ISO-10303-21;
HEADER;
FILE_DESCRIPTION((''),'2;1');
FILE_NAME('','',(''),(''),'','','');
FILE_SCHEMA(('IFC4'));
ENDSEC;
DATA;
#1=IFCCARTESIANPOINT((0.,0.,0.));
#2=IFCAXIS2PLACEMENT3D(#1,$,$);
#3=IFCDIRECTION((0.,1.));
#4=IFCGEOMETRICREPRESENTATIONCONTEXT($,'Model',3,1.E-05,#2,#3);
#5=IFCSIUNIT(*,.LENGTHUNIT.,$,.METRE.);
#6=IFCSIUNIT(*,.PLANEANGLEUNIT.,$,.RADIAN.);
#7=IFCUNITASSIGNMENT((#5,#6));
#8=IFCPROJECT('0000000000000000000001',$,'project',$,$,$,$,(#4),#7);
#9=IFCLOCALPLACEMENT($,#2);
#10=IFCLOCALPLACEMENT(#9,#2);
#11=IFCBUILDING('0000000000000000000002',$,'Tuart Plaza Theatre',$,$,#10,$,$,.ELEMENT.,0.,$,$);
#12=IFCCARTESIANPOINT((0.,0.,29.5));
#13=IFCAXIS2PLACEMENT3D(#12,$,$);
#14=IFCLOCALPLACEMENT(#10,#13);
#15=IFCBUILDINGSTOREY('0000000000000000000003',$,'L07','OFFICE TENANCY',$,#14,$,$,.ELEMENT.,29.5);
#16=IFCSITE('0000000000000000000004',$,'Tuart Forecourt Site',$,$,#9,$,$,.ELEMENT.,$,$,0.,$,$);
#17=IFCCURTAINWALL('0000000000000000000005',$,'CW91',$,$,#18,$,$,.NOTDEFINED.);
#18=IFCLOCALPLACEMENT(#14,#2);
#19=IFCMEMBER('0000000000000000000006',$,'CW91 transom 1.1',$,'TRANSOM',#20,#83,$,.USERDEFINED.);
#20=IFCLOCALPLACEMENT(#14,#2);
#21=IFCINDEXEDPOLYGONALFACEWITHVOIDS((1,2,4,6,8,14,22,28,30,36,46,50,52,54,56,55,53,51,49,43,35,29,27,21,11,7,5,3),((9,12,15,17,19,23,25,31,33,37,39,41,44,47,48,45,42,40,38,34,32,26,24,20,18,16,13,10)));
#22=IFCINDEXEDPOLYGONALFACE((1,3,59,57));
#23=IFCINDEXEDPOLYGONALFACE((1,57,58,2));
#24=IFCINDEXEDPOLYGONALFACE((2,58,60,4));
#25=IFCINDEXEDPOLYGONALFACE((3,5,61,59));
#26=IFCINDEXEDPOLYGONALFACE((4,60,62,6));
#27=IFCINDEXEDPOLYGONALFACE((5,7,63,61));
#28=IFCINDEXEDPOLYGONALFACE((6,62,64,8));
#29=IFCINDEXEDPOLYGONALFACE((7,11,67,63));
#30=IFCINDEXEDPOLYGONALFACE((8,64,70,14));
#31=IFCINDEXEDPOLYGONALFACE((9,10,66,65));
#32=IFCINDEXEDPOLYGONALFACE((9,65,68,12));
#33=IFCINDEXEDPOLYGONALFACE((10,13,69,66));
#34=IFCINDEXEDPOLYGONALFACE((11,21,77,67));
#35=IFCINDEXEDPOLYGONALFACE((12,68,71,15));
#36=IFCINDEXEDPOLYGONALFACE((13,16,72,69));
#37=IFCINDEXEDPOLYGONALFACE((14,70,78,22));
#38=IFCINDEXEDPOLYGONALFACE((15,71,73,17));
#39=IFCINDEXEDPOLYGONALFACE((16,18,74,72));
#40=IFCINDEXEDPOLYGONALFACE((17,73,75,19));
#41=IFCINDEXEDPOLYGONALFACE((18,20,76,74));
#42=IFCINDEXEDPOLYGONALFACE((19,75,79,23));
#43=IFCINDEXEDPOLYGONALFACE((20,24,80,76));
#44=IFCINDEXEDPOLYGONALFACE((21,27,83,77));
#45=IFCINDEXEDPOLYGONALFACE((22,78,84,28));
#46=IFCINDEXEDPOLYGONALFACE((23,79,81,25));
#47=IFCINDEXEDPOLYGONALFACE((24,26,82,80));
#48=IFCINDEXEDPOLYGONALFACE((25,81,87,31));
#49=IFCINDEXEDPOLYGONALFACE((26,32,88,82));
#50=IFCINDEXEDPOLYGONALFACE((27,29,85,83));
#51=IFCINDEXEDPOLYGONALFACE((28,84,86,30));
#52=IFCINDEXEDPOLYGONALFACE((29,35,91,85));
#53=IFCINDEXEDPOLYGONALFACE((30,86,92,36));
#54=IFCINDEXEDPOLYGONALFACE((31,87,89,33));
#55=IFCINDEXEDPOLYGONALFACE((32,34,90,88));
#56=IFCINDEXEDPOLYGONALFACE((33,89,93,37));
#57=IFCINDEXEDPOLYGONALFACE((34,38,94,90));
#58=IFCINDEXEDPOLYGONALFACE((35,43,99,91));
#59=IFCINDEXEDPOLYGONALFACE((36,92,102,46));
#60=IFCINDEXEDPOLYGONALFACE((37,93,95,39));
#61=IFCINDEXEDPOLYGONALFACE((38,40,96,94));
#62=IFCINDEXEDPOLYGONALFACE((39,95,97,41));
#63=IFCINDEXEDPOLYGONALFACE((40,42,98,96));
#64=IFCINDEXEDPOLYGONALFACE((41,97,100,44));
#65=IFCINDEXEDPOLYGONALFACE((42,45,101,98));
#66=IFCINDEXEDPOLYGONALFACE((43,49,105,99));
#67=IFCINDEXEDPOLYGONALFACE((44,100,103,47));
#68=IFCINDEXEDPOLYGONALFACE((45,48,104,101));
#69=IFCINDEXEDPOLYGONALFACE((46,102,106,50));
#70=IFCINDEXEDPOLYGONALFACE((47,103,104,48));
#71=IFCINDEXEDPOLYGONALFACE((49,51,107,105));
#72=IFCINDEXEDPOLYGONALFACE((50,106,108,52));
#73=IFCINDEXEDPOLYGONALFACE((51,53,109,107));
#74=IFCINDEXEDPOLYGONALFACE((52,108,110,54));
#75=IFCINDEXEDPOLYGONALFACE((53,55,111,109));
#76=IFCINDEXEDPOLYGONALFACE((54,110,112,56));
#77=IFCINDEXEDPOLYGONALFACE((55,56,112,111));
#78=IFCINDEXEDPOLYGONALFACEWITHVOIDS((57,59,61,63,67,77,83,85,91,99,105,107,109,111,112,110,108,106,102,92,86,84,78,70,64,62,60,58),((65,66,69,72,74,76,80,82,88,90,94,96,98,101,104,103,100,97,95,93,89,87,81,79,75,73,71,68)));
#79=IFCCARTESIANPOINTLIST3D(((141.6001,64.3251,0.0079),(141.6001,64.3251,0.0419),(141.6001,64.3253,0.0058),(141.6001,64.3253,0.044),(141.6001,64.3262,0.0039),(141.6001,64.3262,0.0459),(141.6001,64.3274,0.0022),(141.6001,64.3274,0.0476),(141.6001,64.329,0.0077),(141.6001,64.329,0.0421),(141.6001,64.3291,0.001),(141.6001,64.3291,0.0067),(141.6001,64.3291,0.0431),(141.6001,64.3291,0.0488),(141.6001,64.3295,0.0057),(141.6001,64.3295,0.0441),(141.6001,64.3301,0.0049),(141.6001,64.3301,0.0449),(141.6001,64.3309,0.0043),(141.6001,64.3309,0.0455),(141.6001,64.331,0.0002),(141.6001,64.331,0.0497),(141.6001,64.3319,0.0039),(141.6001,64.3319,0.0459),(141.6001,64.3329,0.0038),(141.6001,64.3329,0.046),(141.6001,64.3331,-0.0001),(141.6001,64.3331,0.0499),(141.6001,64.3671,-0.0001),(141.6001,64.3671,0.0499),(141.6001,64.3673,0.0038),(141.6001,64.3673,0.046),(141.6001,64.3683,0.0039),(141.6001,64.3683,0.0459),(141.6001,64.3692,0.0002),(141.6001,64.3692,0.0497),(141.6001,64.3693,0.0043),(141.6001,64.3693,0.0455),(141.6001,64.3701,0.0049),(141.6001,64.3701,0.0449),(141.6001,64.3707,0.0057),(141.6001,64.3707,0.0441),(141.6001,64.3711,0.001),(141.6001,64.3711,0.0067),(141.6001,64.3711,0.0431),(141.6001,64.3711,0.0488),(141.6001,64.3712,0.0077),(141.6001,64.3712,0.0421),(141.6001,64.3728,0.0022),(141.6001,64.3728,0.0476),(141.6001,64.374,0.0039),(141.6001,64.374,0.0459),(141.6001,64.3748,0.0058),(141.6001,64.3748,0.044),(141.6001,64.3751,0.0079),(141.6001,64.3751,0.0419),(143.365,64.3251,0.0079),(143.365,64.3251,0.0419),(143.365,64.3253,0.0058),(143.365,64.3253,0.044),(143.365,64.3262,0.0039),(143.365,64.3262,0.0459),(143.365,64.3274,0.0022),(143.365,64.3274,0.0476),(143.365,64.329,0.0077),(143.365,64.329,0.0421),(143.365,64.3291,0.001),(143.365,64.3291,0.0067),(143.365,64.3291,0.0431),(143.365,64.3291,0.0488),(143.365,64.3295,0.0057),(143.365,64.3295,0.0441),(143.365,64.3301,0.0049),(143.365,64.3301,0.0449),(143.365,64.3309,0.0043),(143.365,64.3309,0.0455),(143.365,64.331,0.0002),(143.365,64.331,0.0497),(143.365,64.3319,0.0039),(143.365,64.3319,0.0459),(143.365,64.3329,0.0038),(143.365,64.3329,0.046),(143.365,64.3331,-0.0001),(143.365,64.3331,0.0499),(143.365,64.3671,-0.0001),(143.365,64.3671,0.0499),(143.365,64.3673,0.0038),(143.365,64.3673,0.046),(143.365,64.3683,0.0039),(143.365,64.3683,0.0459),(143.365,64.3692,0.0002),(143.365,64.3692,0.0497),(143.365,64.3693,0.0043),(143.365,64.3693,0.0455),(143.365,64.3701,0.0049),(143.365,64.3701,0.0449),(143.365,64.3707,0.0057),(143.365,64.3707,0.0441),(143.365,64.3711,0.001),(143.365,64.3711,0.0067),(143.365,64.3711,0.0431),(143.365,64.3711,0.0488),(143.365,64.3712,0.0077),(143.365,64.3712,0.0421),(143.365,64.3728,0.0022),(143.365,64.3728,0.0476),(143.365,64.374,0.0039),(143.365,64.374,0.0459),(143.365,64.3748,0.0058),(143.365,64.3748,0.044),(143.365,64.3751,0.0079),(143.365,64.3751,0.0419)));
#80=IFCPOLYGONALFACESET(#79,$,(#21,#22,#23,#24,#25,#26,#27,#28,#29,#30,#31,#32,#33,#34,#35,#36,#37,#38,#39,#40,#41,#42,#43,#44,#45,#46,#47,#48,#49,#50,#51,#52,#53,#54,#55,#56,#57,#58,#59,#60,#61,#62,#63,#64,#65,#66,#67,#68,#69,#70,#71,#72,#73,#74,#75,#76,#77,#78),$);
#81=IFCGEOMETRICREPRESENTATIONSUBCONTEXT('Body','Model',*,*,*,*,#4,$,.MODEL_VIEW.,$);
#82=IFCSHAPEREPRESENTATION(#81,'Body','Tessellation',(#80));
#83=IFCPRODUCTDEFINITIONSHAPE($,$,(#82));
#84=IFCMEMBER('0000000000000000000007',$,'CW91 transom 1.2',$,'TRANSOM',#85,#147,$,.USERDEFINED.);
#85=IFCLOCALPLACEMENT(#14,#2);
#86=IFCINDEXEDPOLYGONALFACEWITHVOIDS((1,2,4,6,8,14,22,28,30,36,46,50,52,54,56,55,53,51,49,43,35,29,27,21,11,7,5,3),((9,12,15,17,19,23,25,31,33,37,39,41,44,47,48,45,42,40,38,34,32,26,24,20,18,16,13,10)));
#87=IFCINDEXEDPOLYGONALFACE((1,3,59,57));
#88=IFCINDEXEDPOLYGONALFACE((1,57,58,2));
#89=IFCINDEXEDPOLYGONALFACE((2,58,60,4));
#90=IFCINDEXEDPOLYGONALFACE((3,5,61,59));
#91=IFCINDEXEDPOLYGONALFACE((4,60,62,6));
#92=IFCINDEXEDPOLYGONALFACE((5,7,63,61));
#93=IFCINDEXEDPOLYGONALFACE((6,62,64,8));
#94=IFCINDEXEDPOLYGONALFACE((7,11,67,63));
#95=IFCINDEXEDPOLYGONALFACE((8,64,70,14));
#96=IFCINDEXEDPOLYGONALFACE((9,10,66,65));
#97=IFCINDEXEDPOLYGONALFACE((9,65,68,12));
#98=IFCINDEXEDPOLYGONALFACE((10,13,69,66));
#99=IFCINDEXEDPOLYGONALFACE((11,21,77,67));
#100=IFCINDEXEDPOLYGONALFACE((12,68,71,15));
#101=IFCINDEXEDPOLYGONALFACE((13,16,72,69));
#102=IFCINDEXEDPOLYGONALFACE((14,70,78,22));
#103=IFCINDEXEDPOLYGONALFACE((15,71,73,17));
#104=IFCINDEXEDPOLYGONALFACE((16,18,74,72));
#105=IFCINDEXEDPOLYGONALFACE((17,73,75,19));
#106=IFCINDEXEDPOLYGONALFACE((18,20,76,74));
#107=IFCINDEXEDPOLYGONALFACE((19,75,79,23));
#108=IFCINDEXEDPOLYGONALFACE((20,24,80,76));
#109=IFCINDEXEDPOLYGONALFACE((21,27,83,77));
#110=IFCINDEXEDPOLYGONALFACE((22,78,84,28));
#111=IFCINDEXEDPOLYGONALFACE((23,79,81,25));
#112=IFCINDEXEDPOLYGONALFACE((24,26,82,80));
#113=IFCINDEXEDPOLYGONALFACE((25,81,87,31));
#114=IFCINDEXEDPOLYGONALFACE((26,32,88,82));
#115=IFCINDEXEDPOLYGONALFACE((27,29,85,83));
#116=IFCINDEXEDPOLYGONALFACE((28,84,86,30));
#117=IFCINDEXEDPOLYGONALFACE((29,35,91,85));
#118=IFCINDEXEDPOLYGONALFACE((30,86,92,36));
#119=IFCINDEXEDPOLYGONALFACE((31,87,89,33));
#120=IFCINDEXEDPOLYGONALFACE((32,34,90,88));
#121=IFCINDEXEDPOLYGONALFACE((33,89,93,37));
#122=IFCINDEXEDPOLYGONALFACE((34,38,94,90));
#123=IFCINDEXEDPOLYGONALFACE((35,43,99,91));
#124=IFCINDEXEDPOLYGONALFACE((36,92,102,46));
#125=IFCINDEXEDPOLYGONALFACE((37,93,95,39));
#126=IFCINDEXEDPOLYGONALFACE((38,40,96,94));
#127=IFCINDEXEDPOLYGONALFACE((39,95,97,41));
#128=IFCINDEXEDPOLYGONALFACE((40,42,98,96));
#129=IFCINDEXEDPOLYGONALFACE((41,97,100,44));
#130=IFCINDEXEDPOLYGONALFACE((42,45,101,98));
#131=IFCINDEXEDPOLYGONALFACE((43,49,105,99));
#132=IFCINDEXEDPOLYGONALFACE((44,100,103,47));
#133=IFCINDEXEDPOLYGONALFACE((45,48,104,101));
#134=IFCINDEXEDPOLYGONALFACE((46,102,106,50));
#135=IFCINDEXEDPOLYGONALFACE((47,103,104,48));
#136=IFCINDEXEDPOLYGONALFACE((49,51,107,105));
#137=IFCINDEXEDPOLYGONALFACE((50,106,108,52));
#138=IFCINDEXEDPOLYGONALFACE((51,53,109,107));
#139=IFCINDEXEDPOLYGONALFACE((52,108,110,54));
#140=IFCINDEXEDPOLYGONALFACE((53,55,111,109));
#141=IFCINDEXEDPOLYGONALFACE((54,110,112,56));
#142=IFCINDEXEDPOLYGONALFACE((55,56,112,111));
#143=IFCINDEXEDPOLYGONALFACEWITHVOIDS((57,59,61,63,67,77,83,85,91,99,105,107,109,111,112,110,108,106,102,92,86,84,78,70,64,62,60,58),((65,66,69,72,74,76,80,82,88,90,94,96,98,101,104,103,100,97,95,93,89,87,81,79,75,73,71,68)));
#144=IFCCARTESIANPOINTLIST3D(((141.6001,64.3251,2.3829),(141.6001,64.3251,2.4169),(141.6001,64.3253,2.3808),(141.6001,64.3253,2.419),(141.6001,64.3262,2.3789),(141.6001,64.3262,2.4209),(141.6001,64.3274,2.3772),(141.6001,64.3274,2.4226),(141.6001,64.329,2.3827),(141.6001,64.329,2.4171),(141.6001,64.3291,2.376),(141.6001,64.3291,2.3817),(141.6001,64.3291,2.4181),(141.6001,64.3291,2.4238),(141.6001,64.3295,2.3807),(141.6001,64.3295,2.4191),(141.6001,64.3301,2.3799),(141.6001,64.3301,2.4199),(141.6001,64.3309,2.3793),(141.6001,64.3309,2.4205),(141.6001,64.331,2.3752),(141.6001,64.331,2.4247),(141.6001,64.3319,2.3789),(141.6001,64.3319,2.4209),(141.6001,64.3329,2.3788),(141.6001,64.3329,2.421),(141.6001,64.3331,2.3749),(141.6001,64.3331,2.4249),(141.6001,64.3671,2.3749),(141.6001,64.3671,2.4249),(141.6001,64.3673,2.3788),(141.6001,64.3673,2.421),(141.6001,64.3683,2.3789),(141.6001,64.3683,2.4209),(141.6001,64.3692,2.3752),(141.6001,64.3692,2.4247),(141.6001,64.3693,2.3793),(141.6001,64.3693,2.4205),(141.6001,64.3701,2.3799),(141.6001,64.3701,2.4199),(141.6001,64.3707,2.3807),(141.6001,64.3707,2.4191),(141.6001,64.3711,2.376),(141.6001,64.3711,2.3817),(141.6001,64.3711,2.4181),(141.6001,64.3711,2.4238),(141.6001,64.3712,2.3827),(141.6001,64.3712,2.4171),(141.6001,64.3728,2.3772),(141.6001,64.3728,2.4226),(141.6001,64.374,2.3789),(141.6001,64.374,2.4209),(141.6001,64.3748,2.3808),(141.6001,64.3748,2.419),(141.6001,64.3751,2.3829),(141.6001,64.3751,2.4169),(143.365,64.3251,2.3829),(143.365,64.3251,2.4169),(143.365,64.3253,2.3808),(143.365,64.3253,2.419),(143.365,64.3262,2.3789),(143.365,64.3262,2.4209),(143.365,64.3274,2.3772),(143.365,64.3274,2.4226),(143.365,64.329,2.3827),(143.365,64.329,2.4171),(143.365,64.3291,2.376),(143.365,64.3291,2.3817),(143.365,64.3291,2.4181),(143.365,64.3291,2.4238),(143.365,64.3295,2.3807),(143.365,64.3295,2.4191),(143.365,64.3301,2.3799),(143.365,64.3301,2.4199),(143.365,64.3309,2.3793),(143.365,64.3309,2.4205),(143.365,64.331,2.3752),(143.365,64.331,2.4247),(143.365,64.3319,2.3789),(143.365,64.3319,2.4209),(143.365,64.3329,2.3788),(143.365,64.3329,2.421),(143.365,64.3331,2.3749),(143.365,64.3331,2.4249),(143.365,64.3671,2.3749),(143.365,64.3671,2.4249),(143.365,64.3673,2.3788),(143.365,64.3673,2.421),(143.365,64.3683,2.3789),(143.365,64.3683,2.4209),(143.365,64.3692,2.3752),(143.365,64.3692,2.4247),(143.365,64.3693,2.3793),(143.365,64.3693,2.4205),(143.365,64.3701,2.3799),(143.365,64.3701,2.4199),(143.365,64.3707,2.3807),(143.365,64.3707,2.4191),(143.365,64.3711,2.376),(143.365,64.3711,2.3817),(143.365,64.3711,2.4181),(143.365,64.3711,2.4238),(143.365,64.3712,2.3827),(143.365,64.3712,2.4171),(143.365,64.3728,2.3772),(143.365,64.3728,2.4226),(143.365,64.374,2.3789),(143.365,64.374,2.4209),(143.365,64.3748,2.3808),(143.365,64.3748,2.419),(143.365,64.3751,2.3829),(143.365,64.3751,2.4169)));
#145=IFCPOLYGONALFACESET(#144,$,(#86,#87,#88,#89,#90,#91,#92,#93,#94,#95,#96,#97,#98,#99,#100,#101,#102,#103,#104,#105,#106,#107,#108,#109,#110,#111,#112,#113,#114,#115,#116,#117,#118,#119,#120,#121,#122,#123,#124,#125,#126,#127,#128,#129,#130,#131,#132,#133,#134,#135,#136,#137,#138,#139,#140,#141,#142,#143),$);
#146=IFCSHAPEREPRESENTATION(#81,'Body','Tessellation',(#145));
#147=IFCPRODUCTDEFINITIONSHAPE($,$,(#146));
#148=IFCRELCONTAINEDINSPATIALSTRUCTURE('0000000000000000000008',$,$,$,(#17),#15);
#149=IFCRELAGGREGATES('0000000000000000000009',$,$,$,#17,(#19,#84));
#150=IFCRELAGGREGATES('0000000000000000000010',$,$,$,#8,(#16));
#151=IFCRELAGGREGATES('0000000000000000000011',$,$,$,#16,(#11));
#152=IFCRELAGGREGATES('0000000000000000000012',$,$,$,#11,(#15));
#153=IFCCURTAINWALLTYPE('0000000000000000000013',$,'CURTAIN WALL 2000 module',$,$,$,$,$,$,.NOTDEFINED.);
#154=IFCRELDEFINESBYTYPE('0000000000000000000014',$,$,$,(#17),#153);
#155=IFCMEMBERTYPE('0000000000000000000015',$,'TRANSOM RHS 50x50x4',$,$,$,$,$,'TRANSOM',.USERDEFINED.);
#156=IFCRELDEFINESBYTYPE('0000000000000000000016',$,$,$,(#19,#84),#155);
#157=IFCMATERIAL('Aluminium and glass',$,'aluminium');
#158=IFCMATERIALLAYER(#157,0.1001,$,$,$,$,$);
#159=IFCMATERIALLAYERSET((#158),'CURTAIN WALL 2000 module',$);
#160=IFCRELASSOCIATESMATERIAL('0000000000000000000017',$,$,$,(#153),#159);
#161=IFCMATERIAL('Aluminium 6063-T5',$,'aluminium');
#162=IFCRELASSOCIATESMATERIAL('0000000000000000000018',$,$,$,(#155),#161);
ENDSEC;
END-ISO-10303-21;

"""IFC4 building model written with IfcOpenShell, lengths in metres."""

from ifc_helpers import new_model, si_unit, direction, frame, origin, origin_2d, place, context, subcontext, project, spatial, hollow_rectangle, extrude, material, layer, layer_set, material_profile, profile_set, type_object, element, aggregate, save


model = new_model("IFC4")

# Units and contexts
model_context = context("Model", 3, precision=1e-05, world=origin(), true_north=direction((0.0, 1.0)))
body_context = subcontext(model_context, "Body", "Model", "MODEL_VIEW")
ifc_project = project(units=[si_unit("LENGTHUNIT", "METRE"), si_unit("PLANEANGLEUNIT", "RADIAN")], contexts=[model_context])

# Site, building, storey
site_placement = place(None, origin())
site = spatial("IfcSite", under=ifc_project, at=site_placement, Name="Tuart Forecourt Site", CompositionType="ELEMENT", RefElevation=0.0)
building_placement = place(site_placement, origin())
building = spatial("IfcBuilding", under=site, at=building_placement, Name="Tuart Plaza Theatre", CompositionType="ELEMENT", ElevationOfRefHeight=0.0)
storey_placement = place(building_placement, frame((0.0, 0.0, 29.5)))
storey = spatial("IfcBuildingStorey", under=building, at=storey_placement, Name="L07", Description="OFFICE TENANCY", CompositionType="ELEMENT", Elevation=29.5)

# Curtain wall
ifc_material_1 = material(Name="Aluminium and glass", Category="aluminium")
ifc_layer_1 = layer(ifc_material_1, 0.1001)
ifc_layer_set_1 = layer_set([ifc_layer_1], Name="CURTAIN WALL 2000 module")
curtain_wall_type = type_object("IfcCurtainWallType", Name="CURTAIN WALL 2000 module", PredefinedType="NOTDEFINED", material=ifc_layer_set_1)
curtain_wall_1_placement = place(storey_placement, origin())
curtain_wall_1 = element("IfcCurtainWall", 1, at=curtain_wall_1_placement, inside=storey, type_object=curtain_wall_type, Name="CW91", PredefinedType="NOTDEFINED")

# Members
ifc_material_2 = material(Name="Aluminium 6063-T5", Category="aluminium")
ifc_material_profile_1 = material_profile(ifc_material_2, hollow_rectangle(XDim=0.05, YDim=0.05, WallThickness=0.0039, InnerFilletRadius=0.0039, OuterFilletRadius=0.0081, at=origin_2d()), Name="RHS 50x50x4")
ifc_profile_set_1 = profile_set([ifc_material_profile_1], Name="Aluminium 6063-T5")
member_type_1 = type_object("IfcMemberType", Name="TRANSOM RHS 50x50x4", ElementType="TRANSOM", PredefinedType="USERDEFINED", material=ifc_profile_set_1)
member_1_placement = place(storey_placement, frame((141.6001, 64.3501, 0.0249), z_axis=(1.0, 0.0, 0.0), x_axis=(0.0, 1.0, 0.0)))
member_1 = element("IfcMember", 2, at=member_1_placement, type_object=member_type_1, Name="CW91 transom 1.1", ObjectType="TRANSOM", PredefinedType="USERDEFINED", context=body_context, shape_type="SweptSolid", body=[
    extrude(hollow_rectangle(XDim=0.05, YDim=0.05, WallThickness=0.0039, InnerFilletRadius=0.0039, OuterFilletRadius=0.0081, at=origin_2d()), origin(), (0.0, 0.0, 1.0), 1.7649),
])
member_2_placement = place(storey_placement, frame((141.6001, 64.3501, 2.3999), z_axis=(1.0, 0.0, 0.0), x_axis=(0.0, 1.0, 0.0)))
member_2 = element("IfcMember", 3, at=member_2_placement, type_object=member_type_1, Name="CW91 transom 1.2", ObjectType="TRANSOM", PredefinedType="USERDEFINED", context=body_context, shape_type="SweptSolid", body=[
    extrude(hollow_rectangle(XDim=0.05, YDim=0.05, WallThickness=0.0039, InnerFilletRadius=0.0039, OuterFilletRadius=0.0081, at=origin_2d()), origin(), (0.0, 0.0, 1.0), 1.7649),
])

aggregate(curtain_wall_1, [member_1, member_2])

save(model, "model.ifc")
